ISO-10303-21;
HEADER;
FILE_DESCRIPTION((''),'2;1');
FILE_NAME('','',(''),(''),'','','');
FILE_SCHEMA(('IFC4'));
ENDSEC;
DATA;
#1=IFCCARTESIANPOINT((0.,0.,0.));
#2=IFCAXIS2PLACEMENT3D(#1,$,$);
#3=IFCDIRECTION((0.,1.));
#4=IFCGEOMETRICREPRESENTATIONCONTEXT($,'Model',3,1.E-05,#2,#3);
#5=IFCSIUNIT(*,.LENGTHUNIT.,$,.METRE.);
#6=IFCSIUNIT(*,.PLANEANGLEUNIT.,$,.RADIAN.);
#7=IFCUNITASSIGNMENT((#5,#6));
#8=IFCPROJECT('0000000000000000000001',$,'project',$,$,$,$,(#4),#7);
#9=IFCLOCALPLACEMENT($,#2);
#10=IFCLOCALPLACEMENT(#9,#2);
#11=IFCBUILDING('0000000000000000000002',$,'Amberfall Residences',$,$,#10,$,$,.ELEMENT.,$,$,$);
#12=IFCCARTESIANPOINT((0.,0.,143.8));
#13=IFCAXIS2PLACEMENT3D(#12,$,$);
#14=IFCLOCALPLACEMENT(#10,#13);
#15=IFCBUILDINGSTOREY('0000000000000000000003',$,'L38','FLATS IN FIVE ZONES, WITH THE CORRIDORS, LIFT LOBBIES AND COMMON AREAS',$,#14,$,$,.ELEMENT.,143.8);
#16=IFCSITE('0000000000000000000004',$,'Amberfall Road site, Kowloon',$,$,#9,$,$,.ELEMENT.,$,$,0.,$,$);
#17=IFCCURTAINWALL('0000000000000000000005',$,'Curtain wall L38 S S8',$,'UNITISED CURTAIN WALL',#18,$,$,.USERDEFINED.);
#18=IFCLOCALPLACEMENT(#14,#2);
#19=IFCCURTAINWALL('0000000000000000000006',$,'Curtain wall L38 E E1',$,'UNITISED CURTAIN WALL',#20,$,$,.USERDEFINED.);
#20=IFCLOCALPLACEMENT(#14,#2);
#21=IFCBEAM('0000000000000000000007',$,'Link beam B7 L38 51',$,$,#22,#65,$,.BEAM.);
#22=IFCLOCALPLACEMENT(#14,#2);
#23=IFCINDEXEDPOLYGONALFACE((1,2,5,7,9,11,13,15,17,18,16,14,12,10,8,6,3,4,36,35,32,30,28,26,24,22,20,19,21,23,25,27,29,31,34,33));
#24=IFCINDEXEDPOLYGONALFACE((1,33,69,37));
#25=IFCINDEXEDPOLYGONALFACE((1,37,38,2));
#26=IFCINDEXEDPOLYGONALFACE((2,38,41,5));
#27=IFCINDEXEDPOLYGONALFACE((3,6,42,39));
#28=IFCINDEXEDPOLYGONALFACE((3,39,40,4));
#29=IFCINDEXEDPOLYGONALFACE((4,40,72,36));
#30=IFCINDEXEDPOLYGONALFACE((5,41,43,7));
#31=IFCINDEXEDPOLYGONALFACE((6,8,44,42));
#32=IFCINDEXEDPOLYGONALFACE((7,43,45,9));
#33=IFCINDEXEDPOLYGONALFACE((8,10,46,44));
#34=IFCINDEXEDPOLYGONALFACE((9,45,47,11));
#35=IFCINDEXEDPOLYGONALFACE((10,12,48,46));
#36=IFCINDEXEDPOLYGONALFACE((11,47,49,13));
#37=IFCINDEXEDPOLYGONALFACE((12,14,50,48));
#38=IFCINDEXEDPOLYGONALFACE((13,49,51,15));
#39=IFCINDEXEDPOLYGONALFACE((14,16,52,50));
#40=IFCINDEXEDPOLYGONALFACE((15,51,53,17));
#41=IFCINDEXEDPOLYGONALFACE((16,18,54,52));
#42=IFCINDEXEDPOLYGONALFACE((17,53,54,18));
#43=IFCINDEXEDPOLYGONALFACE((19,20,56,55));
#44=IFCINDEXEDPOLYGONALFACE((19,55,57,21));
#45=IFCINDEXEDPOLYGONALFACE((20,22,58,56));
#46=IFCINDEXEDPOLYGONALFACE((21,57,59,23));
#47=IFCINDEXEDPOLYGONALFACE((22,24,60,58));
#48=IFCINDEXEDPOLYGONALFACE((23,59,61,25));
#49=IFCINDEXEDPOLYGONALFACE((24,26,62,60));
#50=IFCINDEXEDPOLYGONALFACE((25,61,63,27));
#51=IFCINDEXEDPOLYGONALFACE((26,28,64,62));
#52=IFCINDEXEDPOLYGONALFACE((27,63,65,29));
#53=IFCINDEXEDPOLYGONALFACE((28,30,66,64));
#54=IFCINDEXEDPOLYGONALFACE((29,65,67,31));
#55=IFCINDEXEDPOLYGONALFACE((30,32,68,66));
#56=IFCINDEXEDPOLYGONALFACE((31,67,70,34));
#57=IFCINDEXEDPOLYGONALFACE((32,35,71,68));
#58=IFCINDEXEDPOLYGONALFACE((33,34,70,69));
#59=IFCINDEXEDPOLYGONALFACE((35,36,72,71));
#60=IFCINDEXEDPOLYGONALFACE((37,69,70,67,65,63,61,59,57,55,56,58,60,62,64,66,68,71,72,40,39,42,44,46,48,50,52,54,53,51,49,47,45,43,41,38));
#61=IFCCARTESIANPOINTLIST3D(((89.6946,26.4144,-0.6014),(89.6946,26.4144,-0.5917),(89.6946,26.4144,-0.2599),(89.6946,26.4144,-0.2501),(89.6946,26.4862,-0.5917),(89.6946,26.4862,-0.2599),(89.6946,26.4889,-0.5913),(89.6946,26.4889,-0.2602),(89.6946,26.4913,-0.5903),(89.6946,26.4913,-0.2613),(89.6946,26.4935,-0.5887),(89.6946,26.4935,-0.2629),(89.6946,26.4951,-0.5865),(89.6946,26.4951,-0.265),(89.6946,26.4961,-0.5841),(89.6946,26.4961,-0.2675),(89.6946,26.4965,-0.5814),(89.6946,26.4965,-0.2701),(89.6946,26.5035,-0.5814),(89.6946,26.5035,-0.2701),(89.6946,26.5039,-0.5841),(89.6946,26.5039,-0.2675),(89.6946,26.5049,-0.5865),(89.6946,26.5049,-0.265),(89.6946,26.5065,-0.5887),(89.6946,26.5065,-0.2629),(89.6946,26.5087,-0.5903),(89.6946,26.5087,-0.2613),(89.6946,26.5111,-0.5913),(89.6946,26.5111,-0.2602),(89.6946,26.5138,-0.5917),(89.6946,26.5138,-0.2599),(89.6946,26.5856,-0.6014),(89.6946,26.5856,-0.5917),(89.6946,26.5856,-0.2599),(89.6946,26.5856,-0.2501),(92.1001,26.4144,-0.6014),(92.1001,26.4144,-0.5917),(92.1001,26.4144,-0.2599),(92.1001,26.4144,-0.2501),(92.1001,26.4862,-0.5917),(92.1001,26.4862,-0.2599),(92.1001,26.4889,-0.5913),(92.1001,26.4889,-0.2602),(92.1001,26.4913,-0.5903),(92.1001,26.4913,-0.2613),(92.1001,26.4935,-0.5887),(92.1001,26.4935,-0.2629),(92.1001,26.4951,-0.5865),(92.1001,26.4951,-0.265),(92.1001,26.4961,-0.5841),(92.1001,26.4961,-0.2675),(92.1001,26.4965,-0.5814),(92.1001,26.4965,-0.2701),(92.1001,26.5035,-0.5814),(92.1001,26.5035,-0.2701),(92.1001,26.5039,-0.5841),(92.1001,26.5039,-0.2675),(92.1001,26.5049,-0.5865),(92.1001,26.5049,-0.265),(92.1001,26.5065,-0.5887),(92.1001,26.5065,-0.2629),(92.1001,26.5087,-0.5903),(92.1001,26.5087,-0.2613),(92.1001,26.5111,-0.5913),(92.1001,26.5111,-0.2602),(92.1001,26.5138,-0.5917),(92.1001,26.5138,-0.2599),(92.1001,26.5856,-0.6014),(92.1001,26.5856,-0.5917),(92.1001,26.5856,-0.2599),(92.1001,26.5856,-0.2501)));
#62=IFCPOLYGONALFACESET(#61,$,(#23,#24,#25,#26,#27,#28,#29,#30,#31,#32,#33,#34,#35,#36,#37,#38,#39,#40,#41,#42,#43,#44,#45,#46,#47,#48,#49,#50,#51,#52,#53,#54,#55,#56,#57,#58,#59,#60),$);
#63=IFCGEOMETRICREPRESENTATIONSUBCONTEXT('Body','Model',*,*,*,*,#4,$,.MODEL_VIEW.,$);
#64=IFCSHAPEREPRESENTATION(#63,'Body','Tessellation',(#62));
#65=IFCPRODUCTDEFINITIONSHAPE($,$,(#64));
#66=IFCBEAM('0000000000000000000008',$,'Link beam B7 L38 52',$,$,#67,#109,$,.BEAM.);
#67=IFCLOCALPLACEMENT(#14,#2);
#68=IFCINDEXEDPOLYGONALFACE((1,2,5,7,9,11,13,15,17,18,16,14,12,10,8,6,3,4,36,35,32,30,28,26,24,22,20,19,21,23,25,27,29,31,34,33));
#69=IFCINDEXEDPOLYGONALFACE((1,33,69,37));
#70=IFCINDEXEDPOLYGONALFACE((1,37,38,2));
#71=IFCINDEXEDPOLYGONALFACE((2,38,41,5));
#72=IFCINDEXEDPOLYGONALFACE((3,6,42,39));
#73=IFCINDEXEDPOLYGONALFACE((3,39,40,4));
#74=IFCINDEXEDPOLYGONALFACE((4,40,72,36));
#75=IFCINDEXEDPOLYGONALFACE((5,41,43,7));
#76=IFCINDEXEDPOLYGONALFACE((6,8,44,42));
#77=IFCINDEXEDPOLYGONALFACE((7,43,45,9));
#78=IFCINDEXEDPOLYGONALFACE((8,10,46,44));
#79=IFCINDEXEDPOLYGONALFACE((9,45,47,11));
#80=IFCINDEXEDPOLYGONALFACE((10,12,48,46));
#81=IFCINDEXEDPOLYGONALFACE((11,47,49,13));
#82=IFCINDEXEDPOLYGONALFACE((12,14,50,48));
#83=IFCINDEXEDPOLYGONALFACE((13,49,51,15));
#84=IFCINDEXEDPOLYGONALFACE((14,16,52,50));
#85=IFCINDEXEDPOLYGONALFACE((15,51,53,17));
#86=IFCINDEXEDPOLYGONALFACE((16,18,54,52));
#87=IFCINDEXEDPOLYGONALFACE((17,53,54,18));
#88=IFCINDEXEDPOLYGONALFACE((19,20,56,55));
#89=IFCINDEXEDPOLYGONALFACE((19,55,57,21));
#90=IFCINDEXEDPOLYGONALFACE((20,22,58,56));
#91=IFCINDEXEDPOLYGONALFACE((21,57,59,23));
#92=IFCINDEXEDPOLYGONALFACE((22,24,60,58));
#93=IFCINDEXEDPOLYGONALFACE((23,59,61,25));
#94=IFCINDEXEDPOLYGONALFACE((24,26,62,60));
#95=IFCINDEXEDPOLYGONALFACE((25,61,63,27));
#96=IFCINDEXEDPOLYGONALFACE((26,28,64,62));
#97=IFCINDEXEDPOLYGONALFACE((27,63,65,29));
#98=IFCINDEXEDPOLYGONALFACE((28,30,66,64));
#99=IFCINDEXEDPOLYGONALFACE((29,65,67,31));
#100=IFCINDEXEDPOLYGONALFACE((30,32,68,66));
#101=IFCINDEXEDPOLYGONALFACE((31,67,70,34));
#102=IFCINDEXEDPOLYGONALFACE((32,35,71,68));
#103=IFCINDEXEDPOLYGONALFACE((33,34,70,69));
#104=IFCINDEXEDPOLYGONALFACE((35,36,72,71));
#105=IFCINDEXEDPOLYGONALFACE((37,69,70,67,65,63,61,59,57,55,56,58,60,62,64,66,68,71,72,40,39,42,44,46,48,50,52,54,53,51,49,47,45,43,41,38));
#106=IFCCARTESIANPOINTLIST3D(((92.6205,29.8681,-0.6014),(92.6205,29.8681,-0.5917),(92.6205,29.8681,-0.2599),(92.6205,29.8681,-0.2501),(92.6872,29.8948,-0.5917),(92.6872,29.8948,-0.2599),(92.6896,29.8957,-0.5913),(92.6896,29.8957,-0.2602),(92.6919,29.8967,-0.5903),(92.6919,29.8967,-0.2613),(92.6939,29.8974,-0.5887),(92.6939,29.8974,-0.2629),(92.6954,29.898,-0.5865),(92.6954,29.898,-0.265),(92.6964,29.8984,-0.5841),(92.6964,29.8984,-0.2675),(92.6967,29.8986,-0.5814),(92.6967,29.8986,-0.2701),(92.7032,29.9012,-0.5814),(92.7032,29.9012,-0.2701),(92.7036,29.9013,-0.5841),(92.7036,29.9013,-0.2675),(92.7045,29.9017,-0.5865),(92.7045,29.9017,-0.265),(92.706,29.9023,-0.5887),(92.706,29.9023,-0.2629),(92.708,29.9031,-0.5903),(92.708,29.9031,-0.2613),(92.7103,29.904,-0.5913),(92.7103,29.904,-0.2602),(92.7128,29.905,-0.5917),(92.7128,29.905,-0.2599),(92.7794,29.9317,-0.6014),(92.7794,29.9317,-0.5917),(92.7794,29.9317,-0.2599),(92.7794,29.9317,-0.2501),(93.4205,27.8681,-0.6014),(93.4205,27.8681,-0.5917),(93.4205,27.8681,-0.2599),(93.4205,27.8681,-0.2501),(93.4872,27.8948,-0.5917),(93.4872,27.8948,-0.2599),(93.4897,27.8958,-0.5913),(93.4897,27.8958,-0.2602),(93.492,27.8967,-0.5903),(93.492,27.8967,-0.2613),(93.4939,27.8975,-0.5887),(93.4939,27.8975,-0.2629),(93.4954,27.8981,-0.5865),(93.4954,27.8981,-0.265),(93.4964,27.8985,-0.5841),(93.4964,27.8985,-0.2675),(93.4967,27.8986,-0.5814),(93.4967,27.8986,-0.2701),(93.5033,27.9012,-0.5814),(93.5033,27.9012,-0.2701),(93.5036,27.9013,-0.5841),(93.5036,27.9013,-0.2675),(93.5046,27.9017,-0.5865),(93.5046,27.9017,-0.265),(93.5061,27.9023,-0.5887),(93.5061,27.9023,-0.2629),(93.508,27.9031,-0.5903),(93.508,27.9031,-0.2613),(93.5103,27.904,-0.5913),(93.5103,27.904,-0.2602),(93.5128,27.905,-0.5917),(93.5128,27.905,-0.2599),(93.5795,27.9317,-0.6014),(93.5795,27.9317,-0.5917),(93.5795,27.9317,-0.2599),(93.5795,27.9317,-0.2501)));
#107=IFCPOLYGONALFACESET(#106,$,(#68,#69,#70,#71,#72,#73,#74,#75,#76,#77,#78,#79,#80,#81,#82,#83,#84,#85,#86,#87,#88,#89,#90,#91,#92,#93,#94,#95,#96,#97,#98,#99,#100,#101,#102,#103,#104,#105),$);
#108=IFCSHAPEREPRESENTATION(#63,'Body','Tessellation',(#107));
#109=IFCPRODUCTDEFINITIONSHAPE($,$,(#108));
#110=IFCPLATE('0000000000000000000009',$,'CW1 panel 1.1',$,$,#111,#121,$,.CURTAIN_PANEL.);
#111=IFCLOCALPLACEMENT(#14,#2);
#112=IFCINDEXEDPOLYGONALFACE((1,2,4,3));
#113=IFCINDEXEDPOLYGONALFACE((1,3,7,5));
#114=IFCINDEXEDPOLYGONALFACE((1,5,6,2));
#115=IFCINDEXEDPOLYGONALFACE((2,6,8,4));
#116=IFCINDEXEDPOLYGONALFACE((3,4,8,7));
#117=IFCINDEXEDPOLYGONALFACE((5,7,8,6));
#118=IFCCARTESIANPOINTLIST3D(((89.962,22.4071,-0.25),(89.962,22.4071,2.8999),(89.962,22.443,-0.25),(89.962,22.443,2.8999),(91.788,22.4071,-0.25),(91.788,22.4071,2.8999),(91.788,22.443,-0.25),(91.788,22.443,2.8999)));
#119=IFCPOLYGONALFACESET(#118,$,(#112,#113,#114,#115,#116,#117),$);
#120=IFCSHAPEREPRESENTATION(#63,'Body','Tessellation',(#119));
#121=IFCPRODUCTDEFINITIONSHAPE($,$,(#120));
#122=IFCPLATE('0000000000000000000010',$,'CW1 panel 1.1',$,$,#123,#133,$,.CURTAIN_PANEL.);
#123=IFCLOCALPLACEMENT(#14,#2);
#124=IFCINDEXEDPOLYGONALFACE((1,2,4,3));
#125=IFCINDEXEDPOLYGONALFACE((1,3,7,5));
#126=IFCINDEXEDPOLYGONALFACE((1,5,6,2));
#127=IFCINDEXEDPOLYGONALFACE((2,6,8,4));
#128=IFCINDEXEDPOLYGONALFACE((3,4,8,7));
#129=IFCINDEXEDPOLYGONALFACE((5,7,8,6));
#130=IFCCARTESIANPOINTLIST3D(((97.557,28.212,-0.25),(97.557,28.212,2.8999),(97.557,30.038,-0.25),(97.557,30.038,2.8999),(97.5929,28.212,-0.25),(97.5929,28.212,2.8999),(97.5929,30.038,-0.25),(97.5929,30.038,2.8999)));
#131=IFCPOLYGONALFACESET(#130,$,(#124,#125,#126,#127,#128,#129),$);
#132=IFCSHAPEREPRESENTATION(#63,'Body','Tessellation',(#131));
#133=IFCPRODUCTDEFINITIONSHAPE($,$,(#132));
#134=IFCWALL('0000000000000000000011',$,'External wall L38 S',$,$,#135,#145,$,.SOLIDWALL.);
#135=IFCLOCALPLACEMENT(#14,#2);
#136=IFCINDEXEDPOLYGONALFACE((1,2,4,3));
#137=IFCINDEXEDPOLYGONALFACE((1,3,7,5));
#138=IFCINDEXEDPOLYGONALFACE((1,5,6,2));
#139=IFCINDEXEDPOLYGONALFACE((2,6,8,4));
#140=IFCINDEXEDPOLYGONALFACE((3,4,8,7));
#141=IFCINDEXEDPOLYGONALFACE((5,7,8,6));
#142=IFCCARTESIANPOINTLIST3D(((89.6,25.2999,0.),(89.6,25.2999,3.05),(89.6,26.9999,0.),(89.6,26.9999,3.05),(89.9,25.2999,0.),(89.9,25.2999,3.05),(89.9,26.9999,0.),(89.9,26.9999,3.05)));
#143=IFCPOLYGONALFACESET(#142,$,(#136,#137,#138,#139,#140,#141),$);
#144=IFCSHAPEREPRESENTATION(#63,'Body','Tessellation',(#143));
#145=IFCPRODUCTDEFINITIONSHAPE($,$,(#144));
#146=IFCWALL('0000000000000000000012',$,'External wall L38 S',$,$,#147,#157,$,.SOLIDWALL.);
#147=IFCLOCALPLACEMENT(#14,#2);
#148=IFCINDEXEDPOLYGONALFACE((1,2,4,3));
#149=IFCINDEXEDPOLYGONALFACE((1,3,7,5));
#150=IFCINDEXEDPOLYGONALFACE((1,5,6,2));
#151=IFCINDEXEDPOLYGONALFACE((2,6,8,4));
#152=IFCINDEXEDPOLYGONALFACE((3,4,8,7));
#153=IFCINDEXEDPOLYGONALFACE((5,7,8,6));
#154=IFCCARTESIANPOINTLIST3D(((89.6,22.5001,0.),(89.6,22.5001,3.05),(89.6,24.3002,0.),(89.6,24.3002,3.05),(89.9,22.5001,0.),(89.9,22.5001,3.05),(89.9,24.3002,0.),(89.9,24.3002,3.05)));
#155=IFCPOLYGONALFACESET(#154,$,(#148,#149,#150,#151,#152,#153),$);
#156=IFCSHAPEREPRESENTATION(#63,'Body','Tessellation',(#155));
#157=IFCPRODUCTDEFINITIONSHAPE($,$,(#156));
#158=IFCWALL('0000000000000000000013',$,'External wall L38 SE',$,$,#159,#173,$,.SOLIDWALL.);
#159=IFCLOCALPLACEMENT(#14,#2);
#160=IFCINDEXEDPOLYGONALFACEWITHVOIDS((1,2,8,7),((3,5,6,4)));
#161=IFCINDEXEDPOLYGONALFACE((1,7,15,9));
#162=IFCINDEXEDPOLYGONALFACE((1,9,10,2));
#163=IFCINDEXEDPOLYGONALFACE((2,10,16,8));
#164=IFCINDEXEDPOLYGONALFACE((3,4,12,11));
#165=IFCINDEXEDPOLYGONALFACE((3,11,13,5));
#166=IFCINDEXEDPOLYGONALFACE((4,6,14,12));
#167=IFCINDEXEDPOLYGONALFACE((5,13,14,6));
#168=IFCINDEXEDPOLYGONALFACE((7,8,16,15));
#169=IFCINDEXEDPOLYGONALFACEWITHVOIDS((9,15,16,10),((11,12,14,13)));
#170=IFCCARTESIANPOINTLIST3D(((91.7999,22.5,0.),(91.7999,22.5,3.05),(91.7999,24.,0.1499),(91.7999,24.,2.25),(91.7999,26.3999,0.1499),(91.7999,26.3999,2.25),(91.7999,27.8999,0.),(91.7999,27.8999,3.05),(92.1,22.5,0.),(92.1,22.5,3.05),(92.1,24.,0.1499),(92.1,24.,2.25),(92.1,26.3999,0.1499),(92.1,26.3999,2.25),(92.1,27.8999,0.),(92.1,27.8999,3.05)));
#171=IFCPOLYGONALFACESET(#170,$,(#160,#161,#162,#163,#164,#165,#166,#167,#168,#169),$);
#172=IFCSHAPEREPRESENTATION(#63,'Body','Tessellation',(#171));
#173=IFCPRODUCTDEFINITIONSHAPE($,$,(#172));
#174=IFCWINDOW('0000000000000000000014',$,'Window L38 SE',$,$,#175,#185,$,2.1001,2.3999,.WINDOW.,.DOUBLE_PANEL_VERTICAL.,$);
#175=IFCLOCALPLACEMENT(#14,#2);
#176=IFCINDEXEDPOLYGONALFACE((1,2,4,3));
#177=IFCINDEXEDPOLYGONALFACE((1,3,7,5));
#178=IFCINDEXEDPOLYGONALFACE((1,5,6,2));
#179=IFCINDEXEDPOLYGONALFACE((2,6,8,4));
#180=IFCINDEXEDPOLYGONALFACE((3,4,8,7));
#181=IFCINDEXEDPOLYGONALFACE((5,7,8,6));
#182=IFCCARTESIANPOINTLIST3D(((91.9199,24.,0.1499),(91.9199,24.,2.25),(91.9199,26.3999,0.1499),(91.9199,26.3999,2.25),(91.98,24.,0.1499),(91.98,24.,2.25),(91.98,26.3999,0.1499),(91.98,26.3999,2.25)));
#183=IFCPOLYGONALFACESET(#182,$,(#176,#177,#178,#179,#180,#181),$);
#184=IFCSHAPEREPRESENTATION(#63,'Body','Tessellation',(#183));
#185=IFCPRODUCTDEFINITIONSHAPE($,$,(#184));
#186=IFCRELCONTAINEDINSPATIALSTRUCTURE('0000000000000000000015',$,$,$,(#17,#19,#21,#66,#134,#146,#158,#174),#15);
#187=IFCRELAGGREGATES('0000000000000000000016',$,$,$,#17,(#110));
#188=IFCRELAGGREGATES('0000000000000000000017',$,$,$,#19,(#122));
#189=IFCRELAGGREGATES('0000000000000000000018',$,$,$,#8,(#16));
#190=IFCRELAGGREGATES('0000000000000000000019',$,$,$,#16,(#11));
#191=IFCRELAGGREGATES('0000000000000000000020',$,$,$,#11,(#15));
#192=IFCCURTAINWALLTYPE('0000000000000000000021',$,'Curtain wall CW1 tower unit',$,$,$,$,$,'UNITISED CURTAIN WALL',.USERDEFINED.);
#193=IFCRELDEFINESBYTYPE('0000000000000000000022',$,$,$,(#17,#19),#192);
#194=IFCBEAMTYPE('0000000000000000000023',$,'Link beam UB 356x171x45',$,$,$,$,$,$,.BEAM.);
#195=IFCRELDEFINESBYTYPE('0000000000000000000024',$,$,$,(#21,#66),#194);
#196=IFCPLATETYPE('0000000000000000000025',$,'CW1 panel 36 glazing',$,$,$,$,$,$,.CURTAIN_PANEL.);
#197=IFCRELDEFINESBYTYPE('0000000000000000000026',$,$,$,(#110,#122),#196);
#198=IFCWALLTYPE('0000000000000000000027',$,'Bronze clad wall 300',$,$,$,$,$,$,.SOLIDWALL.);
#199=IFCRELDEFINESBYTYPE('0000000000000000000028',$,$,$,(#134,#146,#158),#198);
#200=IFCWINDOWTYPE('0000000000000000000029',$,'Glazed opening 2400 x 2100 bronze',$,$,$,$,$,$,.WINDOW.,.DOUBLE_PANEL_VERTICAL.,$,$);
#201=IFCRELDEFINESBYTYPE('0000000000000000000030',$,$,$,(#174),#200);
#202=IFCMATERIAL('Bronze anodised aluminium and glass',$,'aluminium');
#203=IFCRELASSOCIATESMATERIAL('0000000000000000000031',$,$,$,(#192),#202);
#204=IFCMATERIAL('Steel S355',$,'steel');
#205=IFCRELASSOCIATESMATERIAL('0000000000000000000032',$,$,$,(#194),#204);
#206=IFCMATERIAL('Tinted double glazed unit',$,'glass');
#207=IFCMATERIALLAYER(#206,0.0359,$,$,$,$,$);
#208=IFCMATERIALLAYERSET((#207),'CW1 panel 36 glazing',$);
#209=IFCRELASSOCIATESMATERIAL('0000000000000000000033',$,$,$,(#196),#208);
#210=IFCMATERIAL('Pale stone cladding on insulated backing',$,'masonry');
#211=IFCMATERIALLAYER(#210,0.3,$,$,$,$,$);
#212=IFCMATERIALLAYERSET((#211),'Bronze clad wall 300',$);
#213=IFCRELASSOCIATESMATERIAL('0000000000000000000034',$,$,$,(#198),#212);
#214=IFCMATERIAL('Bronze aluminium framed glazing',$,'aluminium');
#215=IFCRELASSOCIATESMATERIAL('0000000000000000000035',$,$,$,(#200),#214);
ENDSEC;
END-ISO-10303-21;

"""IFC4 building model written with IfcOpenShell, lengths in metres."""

from ifc_helpers import new_model, si_unit, direction, frame, frame_2d, origin, origin_2d, place, context, subcontext, project, spatial, rectangle, i_section, extrude, material, layer, layer_set, material_profile, profile_set, type_object, element, fill, aggregate, save


model = new_model("IFC4")

# Units and contexts
model_context = context("Model", 3, precision=1e-05, world=origin(), true_north=direction((0.0, 1.0)))
body_context = subcontext(model_context, "Body", "Model", "MODEL_VIEW")
ifc_project = project(units=[si_unit("LENGTHUNIT", "METRE"), si_unit("PLANEANGLEUNIT", "RADIAN")], contexts=[model_context])

# Site, building, storey
site_placement = place(None, origin())
site = spatial("IfcSite", under=ifc_project, at=site_placement, Name="Amberfall Road site, Kowloon", CompositionType="ELEMENT", RefElevation=0.0)
building_placement = place(site_placement, origin())
building = spatial("IfcBuilding", under=site, at=building_placement, Name="Amberfall Residences", CompositionType="ELEMENT")
storey_placement = place(building_placement, frame((0.0, 0.0, 143.8)))
storey = spatial("IfcBuildingStorey", under=building, at=storey_placement, Name="L38", Description="FLATS IN FIVE ZONES, WITH THE CORRIDORS, LIFT LOBBIES AND COMMON AREAS", CompositionType="ELEMENT", Elevation=143.8)

# Curtain walls
ifc_material_1 = material(Name="Bronze anodised aluminium and glass", Category="aluminium")
curtain_wall_type = type_object("IfcCurtainWallType", Name="Curtain wall CW1 tower unit", ElementType="UNITISED CURTAIN WALL", PredefinedType="USERDEFINED", material=ifc_material_1)
curtain_wall_1_placement = place(storey_placement, origin())
curtain_wall_1 = element("IfcCurtainWall", 1, at=curtain_wall_1_placement, inside=storey, type_object=curtain_wall_type, Name="Curtain wall L38 S S8", ObjectType="UNITISED CURTAIN WALL", PredefinedType="USERDEFINED")
curtain_wall_2_placement = place(storey_placement, origin())
curtain_wall_2 = element("IfcCurtainWall", 2, at=curtain_wall_2_placement, inside=storey, type_object=curtain_wall_type, Name="Curtain wall L38 E E1", ObjectType="UNITISED CURTAIN WALL", PredefinedType="USERDEFINED")

# Beams
ifc_material_2 = material(Name="Steel S355", Category="steel")
ifc_material_profile_1 = material_profile(ifc_material_2, i_section(OverallWidth=0.1711, OverallDepth=0.3513, WebThickness=0.0071, FlangeThickness=0.0098, FilletRadius=0.0103, at=origin_2d()), Name="UB 356x171x45")
ifc_profile_set_1 = profile_set([ifc_material_profile_1], Name="Steel S355")
beam_type_1 = type_object("IfcBeamType", Name="Link beam UB 356x171x45", PredefinedType="BEAM", material=ifc_profile_set_1)
beam_1_placement = place(storey_placement, frame((92.1001, 26.5, -0.4258), z_axis=(-1.0, 0.0, 0.0), x_axis=(0.0, -1.0, 0.0)))
element("IfcBeam", 3, at=beam_1_placement, inside=storey, type_object=beam_type_1, Name="Link beam B7 L38 51", PredefinedType="BEAM", context=body_context, shape_type="SweptSolid", body=[
    extrude(i_section(OverallWidth=0.1711, OverallDepth=0.3513, WebThickness=0.0071, FlangeThickness=0.0098, FilletRadius=0.0103, at=origin_2d()), origin(), (0.0, 0.0, 1.0), 2.4055),
])
beam_2_placement = place(storey_placement, frame((93.5, 27.8999, -0.4258), z_axis=(-0.37141, 0.928469, 0.0), x_axis=(-0.928469, -0.37141, 0.0)))
element("IfcBeam", 4, at=beam_2_placement, inside=storey, type_object=beam_type_1, Name="Link beam B7 L38 52", PredefinedType="BEAM", context=body_context, shape_type="SweptSolid", body=[
    extrude(i_section(OverallWidth=0.1711, OverallDepth=0.3513, WebThickness=0.0071, FlangeThickness=0.0098, FilletRadius=0.0103, at=origin_2d()), origin(), (0.0, 0.0, 1.0), 2.1541),
])

# Plates
ifc_material_3 = material(Name="Tinted double glazed unit", Category="glass")
ifc_layer_1 = layer(ifc_material_3, 0.0359)
ifc_layer_set_1 = layer_set([ifc_layer_1], Name="CW1 panel 36 glazing")
plate_type = type_object("IfcPlateType", Name="CW1 panel 36 glazing", PredefinedType="CURTAIN_PANEL", material=ifc_layer_set_1)
plate_1_placement = place(storey_placement, frame((90.875, 22.425, -0.25), z_axis=(0.0, 0.0, 1.0), x_axis=(1.0, 0.0, 0.0)))
plate_1 = element("IfcPlate", 5, at=plate_1_placement, type_object=plate_type, Name="CW1 panel 1.1", PredefinedType="CURTAIN_PANEL", context=body_context, shape_type="SweptSolid", body=[
    extrude(rectangle(XDim=1.8259, YDim=0.0359, at=origin_2d()), origin(), (0.0, 0.0, 1.0), 3.1499),
])
aggregate(curtain_wall_1, [plate_1])
plate_2_placement = place(storey_placement, frame((97.575, 29.125, -0.25), z_axis=(0.0, 0.0, 1.0), x_axis=(0.0, 1.0, 0.0)))
plate_2 = element("IfcPlate", 6, at=plate_2_placement, type_object=plate_type, Name="CW1 panel 1.1", PredefinedType="CURTAIN_PANEL", context=body_context, shape_type="SweptSolid", body=[
    extrude(rectangle(XDim=1.8259, YDim=0.0359, at=origin_2d()), origin(), (0.0, 0.0, 1.0), 3.1499),
])
aggregate(curtain_wall_2, [plate_2])

# Walls
ifc_material_4 = material(Name="Pale stone cladding on insulated backing", Category="masonry")
ifc_layer_2 = layer(ifc_material_4, 0.3)
ifc_layer_set_2 = layer_set([ifc_layer_2], Name="Bronze clad wall 300")
wall_type_1 = type_object("IfcWallType", Name="Bronze clad wall 300", PredefinedType="SOLIDWALL", material=ifc_layer_set_2)
wall_1_placement = place(storey_placement, frame((89.75, 27.0, 0.0), z_axis=(0.0, 0.0, 1.0), x_axis=(0.0, -1.0, 0.0)))
element("IfcWall", 7, at=wall_1_placement, inside=storey, type_object=wall_type_1, Name="External wall L38 S", PredefinedType="SOLIDWALL", context=body_context, shape_type="SweptSolid", body=[
    extrude(rectangle(XDim=1.7, YDim=0.3, at=frame_2d((0.8501, 0.0))), origin(), (0.0, 0.0, 1.0), 3.05),
])
wall_2_placement = place(storey_placement, frame((89.75, 24.3, 0.0), z_axis=(0.0, 0.0, 1.0), x_axis=(0.0, -1.0, 0.0)))
element("IfcWall", 8, at=wall_2_placement, inside=storey, type_object=wall_type_1, Name="External wall L38 S", PredefinedType="SOLIDWALL", context=body_context, shape_type="SweptSolid", body=[
    extrude(rectangle(XDim=1.8, YDim=0.3, at=frame_2d((0.8999, 0.0))), origin(), (0.0, 0.0, 1.0), 3.05),
])

# Wall, opening, window
wall_3_placement = place(storey_placement, frame((91.95, 22.5, 0.0), z_axis=(0.0, 0.0, 1.0), x_axis=(0.0, 1.0, 0.0)))
wall_3 = element("IfcWall", 9, at=wall_3_placement, inside=storey, type_object=wall_type_1, Name="External wall L38 SE", PredefinedType="SOLIDWALL", context=body_context, shape_type="SweptSolid", body=[
    extrude(rectangle(XDim=5.3999, YDim=0.3, at=frame_2d((2.7, 0.0))), origin(), (0.0, 0.0, 1.0), 3.05),
])
opening_1_placement = place(wall_3_placement, frame((1.5, 0.0, 0.1499)))
opening_1 = element("IfcOpeningElement", 10, at=opening_1_placement, cuts=wall_3, PredefinedType="OPENING", context=body_context, shape_type="SweptSolid", body=[
    extrude(rectangle(XDim=2.3999, YDim=2.1001, at=frame_2d((1.2, 1.05))), frame((0.0, 0.1599, 0.0), z_axis=(0.0, -1.0, 0.0), x_axis=(1.0, 0.0, 0.0)), (0.0, 0.0, 1.0), 0.3201),
])
ifc_material_5 = material(Name="Bronze aluminium framed glazing", Category="aluminium")
window_type_1 = type_object("IfcWindowType", Name="Glazed opening 2400 x 2100 bronze", PartitioningType="DOUBLE_PANEL_VERTICAL", PredefinedType="WINDOW", material=ifc_material_5)
window_1_placement = place(opening_1_placement, origin())
window_1 = element("IfcWindow", 11, at=window_1_placement, inside=storey, type_object=window_type_1, Name="Window L38 SE", OverallHeight=2.1001, OverallWidth=2.3999, PartitioningType="DOUBLE_PANEL_VERTICAL", PredefinedType="WINDOW", context=body_context, shape_type="SweptSolid", body=[
    extrude(rectangle(XDim=2.3999, YDim=2.1001, at=frame_2d((1.2, 1.05))), frame((0.0, 0.03, 0.0), z_axis=(0.0, -1.0, 0.0), x_axis=(1.0, 0.0, 0.0)), (0.0, 0.0, 1.0), 0.0601),
])
fill(opening_1, window_1)

save(model, "model.ifc")
